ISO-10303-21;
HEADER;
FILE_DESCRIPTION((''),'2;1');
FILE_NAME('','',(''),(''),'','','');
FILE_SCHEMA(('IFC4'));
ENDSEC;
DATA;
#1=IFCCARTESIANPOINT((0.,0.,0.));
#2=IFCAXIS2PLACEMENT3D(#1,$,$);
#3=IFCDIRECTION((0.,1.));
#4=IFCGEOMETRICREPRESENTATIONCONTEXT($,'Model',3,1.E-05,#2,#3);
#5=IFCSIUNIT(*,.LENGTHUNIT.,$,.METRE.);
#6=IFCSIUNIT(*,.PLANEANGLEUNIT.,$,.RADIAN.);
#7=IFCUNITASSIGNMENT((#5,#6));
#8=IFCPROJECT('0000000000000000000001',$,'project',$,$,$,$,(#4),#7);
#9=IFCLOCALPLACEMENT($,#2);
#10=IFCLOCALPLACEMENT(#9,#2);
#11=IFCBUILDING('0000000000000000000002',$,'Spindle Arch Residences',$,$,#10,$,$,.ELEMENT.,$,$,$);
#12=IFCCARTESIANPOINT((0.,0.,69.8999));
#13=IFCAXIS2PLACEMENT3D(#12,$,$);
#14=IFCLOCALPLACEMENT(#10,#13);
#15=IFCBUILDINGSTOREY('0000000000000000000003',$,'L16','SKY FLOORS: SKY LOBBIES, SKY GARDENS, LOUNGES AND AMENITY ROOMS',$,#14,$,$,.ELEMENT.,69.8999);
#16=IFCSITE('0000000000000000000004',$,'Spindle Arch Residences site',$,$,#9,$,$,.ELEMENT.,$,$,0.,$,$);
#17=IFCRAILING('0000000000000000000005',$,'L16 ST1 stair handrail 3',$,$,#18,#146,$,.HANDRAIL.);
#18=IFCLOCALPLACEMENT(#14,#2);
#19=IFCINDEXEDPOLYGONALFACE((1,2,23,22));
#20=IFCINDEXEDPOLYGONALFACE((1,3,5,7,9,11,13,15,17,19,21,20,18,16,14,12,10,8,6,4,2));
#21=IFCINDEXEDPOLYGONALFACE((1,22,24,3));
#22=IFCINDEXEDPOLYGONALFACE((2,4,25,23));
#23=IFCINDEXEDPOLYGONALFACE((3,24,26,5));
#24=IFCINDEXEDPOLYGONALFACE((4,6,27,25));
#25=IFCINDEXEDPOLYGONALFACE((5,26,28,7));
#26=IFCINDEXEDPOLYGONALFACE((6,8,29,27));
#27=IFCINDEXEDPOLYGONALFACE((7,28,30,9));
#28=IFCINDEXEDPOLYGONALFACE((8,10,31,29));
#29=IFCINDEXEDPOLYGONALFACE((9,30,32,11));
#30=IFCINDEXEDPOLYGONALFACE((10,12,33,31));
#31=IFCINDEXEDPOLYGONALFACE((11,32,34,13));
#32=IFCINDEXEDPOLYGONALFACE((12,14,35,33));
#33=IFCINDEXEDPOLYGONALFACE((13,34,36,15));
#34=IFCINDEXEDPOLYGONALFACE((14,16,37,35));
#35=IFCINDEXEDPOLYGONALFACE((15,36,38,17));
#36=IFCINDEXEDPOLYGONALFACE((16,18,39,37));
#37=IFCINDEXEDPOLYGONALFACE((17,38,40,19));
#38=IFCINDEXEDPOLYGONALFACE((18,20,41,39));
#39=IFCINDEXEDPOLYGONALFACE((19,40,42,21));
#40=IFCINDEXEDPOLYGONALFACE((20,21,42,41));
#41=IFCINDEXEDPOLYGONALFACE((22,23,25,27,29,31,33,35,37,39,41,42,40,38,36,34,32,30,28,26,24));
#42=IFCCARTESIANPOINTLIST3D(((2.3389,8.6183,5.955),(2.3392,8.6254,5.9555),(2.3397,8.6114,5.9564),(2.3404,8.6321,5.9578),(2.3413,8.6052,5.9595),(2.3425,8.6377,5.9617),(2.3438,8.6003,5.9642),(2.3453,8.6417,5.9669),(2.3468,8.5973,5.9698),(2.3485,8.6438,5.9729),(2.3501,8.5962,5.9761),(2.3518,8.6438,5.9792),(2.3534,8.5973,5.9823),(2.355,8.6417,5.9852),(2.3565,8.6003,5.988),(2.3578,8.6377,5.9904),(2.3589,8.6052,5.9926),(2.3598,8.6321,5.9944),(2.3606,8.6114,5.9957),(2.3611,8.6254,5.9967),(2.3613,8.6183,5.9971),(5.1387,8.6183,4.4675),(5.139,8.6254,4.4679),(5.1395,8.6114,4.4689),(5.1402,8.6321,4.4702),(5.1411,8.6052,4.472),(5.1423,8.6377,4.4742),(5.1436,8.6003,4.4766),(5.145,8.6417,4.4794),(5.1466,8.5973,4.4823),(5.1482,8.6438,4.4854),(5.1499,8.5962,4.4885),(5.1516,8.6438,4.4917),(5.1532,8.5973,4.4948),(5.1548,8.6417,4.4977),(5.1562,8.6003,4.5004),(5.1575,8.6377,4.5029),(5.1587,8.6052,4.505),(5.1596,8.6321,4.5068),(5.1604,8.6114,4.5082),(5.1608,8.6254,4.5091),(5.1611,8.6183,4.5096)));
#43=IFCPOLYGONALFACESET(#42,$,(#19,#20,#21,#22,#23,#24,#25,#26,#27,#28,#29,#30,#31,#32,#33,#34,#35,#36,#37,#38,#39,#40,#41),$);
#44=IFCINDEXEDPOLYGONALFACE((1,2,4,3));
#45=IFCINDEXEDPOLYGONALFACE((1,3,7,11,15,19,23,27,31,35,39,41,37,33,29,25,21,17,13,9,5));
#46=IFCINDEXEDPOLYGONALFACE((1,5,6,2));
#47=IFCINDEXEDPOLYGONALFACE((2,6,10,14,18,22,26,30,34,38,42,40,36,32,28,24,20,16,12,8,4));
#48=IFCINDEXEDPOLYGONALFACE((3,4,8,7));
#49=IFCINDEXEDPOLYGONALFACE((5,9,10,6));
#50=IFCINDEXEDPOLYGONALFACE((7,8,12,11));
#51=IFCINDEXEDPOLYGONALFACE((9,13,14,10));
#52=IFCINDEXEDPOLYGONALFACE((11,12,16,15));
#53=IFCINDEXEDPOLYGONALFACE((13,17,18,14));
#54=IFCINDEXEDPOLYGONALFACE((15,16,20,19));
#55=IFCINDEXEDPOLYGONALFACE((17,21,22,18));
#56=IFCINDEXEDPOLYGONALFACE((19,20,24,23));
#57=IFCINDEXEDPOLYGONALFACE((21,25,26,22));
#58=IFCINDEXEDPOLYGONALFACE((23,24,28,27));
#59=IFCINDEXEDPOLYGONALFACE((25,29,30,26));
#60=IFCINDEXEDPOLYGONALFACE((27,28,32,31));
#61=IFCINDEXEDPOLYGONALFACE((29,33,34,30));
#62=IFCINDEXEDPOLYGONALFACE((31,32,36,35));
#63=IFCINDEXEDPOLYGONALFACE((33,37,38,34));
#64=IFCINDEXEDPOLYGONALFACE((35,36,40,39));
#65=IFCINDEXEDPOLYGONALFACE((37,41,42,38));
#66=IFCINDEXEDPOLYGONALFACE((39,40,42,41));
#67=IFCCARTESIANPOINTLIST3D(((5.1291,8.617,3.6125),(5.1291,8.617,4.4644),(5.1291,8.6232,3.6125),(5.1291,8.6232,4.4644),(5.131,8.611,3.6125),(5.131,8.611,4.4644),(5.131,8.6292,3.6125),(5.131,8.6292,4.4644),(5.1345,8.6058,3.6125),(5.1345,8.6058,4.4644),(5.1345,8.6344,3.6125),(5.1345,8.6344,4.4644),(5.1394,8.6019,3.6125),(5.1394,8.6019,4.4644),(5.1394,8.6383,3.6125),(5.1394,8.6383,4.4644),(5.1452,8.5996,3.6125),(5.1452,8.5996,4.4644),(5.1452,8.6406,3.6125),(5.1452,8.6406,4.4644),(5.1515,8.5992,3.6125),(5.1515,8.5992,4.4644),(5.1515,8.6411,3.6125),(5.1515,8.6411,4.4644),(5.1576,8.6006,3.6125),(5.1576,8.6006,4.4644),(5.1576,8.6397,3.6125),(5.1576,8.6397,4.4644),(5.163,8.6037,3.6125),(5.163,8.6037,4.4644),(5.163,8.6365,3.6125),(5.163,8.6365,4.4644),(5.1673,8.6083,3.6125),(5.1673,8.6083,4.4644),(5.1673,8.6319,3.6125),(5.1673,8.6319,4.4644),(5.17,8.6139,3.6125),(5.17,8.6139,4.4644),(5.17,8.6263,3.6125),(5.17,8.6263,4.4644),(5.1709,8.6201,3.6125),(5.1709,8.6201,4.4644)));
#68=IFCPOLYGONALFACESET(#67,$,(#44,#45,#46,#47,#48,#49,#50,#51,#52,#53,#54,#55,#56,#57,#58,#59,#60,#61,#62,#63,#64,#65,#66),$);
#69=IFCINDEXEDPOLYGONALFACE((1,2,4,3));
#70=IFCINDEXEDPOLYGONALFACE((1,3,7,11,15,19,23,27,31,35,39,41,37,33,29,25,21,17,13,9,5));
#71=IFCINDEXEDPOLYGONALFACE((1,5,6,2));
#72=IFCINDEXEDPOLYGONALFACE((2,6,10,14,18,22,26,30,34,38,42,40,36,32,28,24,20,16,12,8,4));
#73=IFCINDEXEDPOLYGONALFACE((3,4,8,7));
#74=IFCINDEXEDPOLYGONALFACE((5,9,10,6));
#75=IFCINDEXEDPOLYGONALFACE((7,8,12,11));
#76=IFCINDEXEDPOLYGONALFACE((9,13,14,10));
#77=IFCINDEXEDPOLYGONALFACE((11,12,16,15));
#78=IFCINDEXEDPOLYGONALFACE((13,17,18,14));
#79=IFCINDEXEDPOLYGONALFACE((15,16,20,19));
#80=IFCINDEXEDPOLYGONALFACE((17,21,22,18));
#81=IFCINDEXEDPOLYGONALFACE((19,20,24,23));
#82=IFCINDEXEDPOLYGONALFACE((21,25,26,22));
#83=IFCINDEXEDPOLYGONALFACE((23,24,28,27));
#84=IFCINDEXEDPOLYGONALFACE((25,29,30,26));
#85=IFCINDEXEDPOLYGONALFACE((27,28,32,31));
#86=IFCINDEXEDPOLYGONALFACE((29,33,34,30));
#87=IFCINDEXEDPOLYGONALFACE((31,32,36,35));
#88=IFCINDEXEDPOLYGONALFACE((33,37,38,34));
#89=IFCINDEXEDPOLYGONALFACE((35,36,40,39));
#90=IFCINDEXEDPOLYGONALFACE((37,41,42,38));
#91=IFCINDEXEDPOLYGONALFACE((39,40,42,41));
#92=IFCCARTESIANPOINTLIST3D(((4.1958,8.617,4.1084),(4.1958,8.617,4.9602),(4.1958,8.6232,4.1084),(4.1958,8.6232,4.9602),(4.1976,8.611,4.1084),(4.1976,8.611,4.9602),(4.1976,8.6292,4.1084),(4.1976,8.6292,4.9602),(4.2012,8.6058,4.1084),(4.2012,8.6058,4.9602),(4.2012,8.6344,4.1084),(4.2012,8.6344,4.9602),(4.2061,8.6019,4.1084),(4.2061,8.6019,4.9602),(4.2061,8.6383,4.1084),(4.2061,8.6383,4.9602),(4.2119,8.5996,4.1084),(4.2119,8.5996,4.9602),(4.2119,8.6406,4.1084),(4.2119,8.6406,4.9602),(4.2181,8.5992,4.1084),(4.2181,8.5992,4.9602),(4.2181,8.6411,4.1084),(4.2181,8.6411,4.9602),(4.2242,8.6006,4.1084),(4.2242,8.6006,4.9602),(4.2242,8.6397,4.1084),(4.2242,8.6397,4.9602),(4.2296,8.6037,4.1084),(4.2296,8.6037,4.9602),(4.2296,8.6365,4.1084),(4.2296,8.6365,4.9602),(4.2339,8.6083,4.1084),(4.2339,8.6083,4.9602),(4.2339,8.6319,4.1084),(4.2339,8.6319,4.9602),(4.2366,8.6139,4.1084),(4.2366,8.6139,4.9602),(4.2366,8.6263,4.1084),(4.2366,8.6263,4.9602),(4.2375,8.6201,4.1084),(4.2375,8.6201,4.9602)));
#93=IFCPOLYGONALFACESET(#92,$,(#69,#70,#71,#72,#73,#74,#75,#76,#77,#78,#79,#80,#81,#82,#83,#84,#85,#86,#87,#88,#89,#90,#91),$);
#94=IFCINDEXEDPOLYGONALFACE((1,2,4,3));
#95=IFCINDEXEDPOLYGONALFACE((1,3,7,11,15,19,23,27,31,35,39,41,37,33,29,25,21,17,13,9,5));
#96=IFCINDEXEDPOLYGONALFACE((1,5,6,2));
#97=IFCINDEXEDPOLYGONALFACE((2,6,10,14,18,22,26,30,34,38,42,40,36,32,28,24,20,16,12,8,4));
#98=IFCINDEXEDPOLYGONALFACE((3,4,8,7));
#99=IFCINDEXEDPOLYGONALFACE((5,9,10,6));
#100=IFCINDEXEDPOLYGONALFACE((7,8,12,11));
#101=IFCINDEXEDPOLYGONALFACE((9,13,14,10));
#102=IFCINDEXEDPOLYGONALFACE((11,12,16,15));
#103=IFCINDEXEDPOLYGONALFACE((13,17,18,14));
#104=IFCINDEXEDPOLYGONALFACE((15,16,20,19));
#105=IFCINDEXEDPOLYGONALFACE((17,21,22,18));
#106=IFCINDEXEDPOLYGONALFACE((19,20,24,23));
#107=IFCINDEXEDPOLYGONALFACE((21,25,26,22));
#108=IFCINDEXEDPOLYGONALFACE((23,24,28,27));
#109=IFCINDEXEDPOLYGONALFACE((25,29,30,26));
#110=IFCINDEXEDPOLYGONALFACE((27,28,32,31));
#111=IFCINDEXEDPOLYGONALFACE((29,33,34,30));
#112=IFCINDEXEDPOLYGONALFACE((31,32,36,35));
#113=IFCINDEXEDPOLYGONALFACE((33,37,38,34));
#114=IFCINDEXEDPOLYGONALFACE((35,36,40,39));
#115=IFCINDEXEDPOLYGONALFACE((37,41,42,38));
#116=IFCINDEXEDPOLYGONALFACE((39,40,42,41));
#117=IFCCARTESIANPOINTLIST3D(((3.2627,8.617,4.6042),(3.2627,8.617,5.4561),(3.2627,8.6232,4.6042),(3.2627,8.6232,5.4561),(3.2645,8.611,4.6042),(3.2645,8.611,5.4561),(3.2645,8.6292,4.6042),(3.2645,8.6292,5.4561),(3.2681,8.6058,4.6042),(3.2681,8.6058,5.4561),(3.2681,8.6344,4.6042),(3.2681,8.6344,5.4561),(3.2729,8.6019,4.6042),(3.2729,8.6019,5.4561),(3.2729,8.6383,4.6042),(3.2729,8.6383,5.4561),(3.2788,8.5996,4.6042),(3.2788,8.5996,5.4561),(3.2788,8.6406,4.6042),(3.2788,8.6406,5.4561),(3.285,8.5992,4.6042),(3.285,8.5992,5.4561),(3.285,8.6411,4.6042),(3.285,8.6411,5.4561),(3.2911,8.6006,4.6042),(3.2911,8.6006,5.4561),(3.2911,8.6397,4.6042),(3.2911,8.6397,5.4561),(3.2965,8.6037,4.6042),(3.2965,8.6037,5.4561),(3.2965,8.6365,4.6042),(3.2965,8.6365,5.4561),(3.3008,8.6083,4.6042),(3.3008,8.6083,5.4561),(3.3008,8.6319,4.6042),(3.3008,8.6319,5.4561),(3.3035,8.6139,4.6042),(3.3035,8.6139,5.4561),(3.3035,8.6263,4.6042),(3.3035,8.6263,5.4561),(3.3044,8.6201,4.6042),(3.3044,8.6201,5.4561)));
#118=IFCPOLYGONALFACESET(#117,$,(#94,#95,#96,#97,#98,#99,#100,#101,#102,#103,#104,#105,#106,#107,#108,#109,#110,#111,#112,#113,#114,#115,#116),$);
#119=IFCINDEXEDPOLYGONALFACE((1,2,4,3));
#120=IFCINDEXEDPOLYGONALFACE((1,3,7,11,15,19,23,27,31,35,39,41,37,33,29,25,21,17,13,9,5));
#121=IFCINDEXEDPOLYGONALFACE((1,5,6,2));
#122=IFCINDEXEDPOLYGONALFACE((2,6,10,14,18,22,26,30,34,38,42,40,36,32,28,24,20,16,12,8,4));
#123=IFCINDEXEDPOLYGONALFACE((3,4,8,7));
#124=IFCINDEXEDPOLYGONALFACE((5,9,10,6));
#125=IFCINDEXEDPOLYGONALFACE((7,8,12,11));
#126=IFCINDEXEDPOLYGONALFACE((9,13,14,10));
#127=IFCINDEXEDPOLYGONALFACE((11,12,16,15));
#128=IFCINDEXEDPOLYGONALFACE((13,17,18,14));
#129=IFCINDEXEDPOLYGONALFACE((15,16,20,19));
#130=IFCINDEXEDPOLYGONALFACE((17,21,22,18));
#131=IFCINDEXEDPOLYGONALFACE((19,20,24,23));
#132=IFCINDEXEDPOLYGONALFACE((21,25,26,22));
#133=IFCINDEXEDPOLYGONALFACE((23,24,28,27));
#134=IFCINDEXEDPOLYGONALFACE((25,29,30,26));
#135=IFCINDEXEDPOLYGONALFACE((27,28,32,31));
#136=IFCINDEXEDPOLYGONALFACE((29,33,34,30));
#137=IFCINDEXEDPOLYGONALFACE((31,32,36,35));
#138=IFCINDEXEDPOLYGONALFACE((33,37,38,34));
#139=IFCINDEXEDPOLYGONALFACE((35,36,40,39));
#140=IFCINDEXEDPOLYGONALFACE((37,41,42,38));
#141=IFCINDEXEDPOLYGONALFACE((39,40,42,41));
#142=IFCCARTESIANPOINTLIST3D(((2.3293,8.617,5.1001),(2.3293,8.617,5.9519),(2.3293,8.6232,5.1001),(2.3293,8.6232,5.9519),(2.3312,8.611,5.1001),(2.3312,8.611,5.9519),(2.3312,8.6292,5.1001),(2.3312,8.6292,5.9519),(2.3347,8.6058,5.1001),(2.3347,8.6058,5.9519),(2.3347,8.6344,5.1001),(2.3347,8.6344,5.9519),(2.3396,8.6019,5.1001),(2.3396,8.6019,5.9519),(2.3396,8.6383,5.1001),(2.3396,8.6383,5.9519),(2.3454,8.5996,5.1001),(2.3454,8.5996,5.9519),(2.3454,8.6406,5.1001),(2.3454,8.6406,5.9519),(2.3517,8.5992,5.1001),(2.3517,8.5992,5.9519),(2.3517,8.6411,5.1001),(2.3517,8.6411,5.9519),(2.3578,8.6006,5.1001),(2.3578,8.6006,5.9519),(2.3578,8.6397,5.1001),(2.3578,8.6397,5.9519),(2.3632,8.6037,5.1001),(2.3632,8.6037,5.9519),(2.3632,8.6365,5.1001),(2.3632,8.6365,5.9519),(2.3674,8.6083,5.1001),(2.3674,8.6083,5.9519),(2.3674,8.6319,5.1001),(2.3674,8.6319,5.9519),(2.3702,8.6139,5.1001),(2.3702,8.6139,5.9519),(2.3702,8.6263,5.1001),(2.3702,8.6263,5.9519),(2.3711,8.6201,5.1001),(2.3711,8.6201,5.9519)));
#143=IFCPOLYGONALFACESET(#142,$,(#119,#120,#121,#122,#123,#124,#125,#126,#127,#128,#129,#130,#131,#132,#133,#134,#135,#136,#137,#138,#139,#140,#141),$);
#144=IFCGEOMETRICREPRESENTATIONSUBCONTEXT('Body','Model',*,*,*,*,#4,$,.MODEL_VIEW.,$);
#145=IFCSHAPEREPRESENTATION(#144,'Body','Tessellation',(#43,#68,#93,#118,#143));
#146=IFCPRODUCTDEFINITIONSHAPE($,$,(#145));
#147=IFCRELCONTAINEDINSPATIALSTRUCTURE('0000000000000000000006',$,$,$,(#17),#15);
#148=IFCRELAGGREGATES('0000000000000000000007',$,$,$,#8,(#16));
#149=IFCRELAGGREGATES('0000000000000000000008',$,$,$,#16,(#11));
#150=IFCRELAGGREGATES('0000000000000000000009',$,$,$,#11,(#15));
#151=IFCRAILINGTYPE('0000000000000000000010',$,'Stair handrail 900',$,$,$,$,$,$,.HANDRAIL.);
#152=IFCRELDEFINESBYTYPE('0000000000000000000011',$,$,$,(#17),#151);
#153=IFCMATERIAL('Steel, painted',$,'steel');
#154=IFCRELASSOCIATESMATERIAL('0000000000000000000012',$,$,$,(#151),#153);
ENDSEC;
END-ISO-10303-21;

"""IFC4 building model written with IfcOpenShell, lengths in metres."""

from ifc_helpers import new_model, si_unit, direction, frame, origin, origin_2d, place, context, subcontext, project, spatial, circle, extrude, material, type_object, element, save


model = new_model("IFC4")

# Units and contexts
model_context = context("Model", 3, precision=1e-05, world=origin(), true_north=direction((0.0, 1.0)))
body_context = subcontext(model_context, "Body", "Model", "MODEL_VIEW")
ifc_project = project(units=[si_unit("LENGTHUNIT", "METRE"), si_unit("PLANEANGLEUNIT", "RADIAN")], contexts=[model_context])

# Site, building, storey
site_placement = place(None, origin())
site = spatial("IfcSite", under=ifc_project, at=site_placement, Name="Spindle Arch Residences site", CompositionType="ELEMENT", RefElevation=0.0)
building_placement = place(site_placement, origin())
building = spatial("IfcBuilding", under=site, at=building_placement, Name="Spindle Arch Residences", CompositionType="ELEMENT")
storey_placement = place(building_placement, frame((0.0, 0.0, 69.8999)))
storey = spatial("IfcBuildingStorey", under=building, at=storey_placement, Name="L16", Description="SKY FLOORS: SKY LOBBIES, SKY GARDENS, LOUNGES AND AMENITY ROOMS", CompositionType="ELEMENT", Elevation=69.8999)

# Railing
ifc_material_1 = material(Name="Steel, painted", Category="steel")
railing_type_1 = type_object("IfcRailingType", Name="Stair handrail 900", PredefinedType="HANDRAIL", material=ifc_material_1)
railing_1_placement = place(storey_placement, frame((5.1499, 8.6201, 3.6125)))
element("IfcRailing", 1, at=railing_1_placement, inside=storey, type_object=railing_type_1, Name="L16 ST1 stair handrail 3", PredefinedType="HANDRAIL", context=body_context, shape_type="SweptSolid", body=[
    extrude(circle(Radius=0.0239, at=origin_2d()), frame((0.0, 0.0, 0.876), z_axis=(-0.883096, 0.0, 0.469193), x_axis=(0.0, -1.0, 0.0)), (0.0, 0.0, 1.0), 3.1704),
    extrude(circle(Radius=0.021, at=origin_2d()), origin(), (0.0, 0.0, 1.0), 0.8518),
    extrude(circle(Radius=0.021, at=origin_2d()), frame((-0.9333, 0.0, 0.4958)), (0.0, 0.0, 1.0), 0.8518),
    extrude(circle(Radius=0.021, at=origin_2d()), frame((-1.8665, 0.0, 0.9917)), (0.0, 0.0, 1.0), 0.8518),
    extrude(circle(Radius=0.021, at=origin_2d()), frame((-2.7998, 0.0, 1.4875)), (0.0, 0.0, 1.0), 0.8518),
])

save(model, "model.ifc")
